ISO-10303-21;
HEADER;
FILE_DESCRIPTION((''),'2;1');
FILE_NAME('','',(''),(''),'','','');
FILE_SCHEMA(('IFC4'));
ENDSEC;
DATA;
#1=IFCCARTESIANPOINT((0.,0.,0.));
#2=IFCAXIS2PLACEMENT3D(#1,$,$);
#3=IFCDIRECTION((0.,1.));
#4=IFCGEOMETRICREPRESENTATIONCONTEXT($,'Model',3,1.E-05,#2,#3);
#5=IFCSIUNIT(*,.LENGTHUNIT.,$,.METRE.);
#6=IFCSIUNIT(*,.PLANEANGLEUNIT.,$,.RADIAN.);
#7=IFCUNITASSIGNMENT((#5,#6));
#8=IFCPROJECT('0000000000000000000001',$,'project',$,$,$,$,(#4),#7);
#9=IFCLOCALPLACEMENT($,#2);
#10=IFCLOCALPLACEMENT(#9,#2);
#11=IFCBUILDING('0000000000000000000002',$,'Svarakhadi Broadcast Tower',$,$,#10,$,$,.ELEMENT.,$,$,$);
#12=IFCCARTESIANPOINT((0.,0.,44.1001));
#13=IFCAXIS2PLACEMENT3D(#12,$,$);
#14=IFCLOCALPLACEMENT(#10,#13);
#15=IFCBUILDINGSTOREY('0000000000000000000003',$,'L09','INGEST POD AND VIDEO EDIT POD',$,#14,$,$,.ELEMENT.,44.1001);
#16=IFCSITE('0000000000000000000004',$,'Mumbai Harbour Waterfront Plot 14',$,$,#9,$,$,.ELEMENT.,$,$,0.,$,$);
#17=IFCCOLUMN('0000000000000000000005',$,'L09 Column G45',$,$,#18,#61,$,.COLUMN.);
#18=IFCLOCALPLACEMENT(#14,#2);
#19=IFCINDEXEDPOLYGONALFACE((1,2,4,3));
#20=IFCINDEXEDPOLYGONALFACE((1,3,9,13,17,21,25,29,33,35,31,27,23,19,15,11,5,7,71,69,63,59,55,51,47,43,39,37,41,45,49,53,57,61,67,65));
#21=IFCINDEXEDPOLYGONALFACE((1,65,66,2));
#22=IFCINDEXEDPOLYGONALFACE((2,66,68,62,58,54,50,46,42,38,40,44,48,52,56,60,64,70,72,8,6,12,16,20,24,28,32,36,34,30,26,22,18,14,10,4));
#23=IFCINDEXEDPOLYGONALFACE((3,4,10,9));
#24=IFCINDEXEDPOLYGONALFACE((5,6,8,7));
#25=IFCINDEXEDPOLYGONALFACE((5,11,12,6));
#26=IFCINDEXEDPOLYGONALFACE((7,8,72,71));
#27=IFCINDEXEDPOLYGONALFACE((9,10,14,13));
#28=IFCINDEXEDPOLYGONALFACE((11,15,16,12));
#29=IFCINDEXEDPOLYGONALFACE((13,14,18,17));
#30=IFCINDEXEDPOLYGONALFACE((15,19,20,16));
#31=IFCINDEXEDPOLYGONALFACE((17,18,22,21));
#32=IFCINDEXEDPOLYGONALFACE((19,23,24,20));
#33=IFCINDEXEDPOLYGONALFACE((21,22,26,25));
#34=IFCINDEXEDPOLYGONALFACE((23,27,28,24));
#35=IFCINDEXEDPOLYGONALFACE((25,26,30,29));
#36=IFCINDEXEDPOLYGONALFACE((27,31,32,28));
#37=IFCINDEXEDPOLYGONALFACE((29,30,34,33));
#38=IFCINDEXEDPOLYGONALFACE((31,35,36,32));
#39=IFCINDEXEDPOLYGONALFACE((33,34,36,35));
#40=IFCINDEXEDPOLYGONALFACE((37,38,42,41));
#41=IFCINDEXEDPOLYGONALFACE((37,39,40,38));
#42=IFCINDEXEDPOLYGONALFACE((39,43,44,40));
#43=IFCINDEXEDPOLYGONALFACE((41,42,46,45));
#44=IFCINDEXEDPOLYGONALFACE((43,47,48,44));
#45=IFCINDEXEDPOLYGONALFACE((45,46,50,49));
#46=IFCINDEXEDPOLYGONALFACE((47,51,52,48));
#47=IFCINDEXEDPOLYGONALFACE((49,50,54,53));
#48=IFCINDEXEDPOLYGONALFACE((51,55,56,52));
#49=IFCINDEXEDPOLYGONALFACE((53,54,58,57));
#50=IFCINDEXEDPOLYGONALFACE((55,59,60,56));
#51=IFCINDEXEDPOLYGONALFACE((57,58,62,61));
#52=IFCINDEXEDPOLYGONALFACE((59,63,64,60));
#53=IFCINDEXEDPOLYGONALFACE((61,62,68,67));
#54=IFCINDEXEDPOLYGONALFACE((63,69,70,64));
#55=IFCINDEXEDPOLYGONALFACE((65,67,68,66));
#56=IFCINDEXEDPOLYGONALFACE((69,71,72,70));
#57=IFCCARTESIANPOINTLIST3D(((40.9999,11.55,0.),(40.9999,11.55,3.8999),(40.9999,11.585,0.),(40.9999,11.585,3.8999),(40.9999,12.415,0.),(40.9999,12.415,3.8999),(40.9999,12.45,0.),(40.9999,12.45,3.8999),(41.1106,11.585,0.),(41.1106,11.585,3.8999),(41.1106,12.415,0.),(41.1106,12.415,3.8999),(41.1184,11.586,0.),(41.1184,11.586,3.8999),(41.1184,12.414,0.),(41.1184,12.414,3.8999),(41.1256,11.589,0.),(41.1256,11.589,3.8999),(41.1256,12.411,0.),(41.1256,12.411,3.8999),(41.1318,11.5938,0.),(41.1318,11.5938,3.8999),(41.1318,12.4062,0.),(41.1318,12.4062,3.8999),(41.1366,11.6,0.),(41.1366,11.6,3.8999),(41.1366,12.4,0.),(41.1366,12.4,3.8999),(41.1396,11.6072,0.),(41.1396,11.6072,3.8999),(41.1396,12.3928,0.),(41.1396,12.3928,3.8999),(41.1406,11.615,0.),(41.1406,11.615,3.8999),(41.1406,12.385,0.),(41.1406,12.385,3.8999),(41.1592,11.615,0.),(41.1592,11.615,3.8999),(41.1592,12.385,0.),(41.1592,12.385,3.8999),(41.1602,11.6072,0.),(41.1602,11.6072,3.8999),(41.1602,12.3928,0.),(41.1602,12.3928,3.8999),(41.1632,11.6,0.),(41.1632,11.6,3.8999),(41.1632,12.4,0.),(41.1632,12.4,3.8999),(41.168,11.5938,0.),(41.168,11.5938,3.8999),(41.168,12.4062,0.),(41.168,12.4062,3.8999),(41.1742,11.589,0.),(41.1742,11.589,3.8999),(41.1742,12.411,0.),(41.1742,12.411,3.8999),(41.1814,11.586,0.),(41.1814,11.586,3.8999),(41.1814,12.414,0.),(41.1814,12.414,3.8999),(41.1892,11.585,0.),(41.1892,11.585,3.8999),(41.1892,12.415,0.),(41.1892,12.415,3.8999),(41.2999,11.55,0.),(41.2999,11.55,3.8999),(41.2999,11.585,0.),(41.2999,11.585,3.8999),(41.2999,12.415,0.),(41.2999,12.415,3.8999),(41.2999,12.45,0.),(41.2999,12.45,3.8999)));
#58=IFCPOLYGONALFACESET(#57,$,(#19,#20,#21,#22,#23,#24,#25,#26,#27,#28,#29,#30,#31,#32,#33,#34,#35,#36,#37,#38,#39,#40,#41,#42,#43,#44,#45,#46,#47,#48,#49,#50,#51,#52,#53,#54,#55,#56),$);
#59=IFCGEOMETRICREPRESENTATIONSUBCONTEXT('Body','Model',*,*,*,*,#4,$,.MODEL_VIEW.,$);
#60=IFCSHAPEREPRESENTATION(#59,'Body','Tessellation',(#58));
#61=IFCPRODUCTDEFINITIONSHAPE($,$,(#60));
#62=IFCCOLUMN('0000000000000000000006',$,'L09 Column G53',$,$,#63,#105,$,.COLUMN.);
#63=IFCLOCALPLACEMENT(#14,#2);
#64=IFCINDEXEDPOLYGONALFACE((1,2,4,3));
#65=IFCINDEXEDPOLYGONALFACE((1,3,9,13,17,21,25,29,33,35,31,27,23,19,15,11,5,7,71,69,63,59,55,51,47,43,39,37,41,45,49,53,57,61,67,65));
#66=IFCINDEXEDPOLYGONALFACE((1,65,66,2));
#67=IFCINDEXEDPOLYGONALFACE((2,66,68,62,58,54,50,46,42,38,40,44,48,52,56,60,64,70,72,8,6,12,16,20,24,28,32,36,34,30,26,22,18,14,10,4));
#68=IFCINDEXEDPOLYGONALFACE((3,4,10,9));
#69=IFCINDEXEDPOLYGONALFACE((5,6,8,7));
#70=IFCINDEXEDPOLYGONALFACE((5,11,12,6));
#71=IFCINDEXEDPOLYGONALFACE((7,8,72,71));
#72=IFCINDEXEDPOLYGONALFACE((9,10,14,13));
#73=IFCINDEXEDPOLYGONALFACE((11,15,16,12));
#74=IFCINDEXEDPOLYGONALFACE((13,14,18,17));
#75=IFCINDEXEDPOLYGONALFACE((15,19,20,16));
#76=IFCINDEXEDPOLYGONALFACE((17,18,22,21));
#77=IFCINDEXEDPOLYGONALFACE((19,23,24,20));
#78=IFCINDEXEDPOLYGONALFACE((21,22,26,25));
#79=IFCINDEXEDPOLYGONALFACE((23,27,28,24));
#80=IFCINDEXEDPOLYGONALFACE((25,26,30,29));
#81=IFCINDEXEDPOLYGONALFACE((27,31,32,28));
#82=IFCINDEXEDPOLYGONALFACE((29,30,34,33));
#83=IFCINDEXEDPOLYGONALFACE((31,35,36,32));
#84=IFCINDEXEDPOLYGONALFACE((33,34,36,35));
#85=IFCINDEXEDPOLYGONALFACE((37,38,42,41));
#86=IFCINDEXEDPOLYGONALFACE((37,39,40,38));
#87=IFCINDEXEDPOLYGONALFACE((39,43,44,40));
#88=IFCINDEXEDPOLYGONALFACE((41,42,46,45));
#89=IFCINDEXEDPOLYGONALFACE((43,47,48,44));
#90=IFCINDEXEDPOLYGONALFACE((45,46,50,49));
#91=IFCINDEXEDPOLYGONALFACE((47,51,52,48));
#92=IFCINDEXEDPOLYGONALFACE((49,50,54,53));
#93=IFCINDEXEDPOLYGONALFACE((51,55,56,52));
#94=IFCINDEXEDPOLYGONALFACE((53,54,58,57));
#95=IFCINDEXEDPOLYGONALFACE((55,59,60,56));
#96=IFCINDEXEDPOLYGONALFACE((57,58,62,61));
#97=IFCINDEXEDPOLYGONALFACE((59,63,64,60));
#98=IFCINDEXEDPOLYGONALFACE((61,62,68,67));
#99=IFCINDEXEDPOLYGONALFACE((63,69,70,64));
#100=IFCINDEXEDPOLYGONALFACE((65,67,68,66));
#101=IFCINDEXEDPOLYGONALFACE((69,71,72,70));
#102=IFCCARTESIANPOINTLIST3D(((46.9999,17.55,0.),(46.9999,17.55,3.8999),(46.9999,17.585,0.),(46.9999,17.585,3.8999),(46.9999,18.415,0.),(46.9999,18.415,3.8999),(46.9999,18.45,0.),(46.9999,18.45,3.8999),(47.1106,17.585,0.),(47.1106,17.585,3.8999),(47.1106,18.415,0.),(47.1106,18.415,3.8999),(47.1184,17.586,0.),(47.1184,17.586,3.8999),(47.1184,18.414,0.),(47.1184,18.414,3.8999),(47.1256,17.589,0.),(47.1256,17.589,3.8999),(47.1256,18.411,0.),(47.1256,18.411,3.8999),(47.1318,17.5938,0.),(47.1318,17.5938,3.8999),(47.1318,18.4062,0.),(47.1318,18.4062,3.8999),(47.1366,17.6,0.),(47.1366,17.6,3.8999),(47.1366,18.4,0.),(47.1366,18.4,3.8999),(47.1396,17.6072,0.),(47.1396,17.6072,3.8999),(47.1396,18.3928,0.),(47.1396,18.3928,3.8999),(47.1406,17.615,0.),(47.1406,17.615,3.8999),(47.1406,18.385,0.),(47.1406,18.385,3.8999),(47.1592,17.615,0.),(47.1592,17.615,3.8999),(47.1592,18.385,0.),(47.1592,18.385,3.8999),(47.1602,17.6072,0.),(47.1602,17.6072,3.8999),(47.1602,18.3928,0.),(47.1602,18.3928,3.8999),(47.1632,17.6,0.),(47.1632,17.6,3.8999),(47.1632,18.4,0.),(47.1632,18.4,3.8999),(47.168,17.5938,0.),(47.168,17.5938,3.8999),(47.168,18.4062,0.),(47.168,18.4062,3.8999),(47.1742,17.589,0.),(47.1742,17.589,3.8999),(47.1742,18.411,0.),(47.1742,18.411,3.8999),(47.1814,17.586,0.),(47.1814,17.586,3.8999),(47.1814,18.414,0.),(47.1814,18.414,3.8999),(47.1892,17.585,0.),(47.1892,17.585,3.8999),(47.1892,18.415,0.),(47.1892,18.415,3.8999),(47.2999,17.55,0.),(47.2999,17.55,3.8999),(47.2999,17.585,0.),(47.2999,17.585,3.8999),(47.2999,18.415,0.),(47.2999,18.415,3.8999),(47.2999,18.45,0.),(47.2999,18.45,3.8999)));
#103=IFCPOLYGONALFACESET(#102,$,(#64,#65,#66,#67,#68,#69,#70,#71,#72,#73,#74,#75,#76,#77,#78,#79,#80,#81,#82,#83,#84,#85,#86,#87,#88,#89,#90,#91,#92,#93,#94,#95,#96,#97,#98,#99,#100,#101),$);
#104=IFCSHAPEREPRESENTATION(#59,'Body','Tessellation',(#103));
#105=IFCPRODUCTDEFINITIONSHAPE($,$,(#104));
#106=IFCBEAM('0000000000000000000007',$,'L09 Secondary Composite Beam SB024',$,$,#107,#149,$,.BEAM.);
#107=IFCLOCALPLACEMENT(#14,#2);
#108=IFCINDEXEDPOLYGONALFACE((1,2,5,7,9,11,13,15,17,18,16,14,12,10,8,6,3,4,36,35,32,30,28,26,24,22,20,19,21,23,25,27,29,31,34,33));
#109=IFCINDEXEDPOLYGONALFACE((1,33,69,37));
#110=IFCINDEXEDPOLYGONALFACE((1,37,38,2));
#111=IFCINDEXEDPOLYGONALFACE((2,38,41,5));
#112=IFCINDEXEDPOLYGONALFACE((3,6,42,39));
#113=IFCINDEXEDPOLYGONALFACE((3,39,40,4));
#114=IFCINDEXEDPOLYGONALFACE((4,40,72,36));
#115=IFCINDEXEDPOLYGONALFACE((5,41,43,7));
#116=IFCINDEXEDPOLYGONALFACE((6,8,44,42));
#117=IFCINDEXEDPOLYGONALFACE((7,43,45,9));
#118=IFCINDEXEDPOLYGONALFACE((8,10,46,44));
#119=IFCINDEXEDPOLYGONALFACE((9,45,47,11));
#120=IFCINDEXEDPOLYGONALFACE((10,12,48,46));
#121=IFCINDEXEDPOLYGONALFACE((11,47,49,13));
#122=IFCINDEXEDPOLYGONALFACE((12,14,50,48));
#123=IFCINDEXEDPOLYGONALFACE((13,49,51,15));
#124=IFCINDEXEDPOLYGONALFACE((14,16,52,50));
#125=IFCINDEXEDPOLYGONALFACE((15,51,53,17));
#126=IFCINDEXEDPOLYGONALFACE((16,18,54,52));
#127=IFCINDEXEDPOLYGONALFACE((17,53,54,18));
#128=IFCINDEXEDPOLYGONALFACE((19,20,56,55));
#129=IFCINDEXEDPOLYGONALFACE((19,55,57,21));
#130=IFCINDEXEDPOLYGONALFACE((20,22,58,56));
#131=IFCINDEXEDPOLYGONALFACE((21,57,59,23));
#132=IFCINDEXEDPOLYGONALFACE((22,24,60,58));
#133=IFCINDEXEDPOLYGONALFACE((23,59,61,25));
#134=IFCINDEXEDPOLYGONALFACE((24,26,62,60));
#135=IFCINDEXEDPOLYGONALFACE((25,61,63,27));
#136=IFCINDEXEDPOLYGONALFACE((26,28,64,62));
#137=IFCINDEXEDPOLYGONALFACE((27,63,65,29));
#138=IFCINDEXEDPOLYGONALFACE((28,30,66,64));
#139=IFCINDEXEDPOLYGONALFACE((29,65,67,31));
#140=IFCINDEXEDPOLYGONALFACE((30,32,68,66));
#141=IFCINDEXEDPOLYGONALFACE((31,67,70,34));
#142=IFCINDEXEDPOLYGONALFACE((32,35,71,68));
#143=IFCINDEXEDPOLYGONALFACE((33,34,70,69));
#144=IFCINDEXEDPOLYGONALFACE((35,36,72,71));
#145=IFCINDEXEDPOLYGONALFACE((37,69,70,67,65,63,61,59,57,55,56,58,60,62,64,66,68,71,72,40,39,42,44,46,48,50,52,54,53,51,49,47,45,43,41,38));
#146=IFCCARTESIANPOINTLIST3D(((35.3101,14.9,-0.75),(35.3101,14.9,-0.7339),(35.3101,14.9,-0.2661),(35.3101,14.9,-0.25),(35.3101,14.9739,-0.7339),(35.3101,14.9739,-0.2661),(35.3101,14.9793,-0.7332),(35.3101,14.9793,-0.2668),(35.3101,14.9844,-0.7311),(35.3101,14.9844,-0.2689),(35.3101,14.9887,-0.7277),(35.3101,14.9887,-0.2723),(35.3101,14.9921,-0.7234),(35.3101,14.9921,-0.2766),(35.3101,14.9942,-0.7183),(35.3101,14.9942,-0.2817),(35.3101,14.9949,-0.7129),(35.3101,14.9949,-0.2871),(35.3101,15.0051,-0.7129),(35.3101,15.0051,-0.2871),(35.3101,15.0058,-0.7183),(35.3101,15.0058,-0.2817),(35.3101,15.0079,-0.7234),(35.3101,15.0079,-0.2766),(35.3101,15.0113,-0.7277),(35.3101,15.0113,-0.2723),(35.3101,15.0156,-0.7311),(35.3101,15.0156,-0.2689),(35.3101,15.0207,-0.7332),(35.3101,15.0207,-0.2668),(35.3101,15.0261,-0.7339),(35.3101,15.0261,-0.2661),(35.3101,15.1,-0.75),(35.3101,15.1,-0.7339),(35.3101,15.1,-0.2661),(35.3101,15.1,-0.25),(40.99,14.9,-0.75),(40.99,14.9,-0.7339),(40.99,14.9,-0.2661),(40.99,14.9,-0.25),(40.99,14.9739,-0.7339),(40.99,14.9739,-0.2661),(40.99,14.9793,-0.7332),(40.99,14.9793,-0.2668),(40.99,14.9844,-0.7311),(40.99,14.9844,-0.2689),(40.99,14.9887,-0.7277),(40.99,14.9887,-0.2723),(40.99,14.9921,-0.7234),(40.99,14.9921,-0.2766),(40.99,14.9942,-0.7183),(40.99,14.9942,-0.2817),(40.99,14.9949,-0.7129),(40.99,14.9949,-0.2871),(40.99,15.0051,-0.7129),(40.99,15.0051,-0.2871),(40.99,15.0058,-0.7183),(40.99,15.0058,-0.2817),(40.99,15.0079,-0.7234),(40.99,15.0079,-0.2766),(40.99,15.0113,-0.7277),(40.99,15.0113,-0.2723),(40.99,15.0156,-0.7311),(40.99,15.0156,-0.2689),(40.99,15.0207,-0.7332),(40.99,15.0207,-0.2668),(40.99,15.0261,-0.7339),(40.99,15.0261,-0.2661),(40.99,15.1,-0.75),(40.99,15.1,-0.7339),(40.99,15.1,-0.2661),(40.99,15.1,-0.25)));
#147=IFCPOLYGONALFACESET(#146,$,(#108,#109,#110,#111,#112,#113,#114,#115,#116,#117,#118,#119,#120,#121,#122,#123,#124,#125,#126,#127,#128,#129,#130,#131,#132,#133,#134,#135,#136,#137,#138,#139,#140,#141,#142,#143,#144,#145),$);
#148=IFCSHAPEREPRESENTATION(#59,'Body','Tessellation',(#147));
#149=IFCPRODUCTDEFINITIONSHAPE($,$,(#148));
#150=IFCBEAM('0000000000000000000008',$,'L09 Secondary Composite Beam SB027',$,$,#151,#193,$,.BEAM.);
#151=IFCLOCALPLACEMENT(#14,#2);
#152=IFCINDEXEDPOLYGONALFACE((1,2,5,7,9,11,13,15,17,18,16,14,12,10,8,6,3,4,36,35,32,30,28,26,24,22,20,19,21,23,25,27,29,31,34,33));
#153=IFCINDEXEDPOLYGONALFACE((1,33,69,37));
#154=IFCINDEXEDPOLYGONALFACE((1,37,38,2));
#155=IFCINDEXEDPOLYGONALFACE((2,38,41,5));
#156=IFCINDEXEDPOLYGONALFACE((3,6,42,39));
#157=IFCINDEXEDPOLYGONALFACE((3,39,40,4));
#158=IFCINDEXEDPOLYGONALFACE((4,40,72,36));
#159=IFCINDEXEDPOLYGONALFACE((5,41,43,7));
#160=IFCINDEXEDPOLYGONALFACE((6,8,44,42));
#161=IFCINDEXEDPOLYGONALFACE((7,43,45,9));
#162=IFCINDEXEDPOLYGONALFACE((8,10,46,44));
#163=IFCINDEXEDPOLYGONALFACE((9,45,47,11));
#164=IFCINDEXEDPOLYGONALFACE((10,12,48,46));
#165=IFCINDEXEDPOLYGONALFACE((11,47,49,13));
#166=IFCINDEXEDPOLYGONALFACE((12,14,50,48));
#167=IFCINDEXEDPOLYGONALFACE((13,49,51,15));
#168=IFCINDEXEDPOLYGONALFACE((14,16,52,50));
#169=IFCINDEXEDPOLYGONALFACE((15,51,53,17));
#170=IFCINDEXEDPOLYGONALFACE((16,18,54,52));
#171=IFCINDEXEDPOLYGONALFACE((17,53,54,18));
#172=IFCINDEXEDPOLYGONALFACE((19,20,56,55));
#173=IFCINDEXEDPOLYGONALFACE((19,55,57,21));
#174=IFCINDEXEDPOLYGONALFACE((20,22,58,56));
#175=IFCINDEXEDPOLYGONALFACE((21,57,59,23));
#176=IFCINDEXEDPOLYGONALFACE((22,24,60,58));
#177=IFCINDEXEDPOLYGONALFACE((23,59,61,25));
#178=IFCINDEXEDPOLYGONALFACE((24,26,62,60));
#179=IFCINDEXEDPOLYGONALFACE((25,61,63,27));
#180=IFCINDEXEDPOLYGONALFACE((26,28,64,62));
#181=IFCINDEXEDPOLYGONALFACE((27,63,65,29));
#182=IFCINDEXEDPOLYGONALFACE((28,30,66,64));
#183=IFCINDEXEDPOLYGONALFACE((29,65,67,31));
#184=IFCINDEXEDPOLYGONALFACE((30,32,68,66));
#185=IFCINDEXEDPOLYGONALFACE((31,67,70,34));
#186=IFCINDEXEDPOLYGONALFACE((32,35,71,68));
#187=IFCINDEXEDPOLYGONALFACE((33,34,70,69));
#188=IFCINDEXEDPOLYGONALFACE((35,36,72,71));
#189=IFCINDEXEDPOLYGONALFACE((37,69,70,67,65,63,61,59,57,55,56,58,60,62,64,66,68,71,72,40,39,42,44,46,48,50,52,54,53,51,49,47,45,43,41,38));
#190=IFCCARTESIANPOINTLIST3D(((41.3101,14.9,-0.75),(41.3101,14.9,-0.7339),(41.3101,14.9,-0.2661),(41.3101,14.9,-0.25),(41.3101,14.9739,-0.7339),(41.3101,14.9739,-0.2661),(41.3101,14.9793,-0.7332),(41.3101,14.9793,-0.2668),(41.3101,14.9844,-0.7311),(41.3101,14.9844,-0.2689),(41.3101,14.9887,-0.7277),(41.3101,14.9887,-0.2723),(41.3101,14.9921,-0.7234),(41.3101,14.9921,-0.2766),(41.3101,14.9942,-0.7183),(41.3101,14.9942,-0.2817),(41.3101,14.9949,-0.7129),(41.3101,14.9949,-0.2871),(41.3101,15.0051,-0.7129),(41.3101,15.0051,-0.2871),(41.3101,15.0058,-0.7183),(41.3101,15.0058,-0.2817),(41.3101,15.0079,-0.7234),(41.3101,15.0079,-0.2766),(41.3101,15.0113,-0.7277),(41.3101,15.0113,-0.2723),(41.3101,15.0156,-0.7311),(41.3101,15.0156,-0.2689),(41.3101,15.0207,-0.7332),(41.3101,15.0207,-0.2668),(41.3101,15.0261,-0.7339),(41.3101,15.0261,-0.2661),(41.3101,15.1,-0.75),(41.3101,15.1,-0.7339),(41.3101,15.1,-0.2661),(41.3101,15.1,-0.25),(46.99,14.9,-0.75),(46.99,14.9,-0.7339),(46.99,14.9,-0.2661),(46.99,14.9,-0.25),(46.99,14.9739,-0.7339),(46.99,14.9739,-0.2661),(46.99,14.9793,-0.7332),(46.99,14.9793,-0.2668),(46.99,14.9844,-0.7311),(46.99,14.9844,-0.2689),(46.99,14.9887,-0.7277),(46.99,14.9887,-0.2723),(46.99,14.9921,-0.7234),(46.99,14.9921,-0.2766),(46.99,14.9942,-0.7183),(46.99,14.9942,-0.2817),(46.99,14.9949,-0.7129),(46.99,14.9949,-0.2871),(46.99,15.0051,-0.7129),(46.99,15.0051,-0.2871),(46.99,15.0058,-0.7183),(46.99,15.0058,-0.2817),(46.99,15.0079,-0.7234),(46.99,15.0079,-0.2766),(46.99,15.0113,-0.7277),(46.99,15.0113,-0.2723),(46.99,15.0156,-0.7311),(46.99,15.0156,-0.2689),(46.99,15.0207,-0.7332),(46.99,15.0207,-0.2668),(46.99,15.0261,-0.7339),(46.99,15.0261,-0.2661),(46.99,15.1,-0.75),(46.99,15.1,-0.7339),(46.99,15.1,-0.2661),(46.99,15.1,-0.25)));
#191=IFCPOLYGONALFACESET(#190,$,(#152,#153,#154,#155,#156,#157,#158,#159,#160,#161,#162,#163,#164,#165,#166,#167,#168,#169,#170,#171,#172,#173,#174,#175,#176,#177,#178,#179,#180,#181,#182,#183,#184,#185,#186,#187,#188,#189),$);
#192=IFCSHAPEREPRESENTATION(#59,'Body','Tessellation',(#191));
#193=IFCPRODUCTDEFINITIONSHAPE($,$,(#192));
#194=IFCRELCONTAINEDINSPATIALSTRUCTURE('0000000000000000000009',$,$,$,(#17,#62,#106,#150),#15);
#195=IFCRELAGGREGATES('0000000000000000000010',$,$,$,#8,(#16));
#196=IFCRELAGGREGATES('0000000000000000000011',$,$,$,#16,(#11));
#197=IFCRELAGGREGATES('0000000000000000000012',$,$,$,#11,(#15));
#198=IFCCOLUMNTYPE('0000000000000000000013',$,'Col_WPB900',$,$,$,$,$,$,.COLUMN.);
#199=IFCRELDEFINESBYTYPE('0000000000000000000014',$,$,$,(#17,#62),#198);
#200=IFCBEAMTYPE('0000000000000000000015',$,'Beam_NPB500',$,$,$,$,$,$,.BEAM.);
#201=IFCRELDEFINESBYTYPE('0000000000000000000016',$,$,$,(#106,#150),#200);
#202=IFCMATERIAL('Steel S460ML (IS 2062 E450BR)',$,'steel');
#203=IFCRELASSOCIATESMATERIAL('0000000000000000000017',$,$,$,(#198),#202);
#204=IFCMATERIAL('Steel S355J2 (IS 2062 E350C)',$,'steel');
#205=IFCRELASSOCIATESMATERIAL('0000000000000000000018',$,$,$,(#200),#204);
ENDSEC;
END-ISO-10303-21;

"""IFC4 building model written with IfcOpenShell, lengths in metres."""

from ifc_helpers import new_model, si_unit, direction, frame, origin, origin_2d, place, context, subcontext, project, spatial, i_section, extrude, material, material_profile, profile_set, type_object, element, save


model = new_model("IFC4")

# Units and contexts
model_context = context("Model", 3, precision=1e-05, world=origin(), true_north=direction((0.0, 1.0)))
body_context = subcontext(model_context, "Body", "Model", "MODEL_VIEW")
ifc_project = project(units=[si_unit("LENGTHUNIT", "METRE"), si_unit("PLANEANGLEUNIT", "RADIAN")], contexts=[model_context])

# Site, building, storey
site_placement = place(None, origin())
site = spatial("IfcSite", under=ifc_project, at=site_placement, Name="Mumbai Harbour Waterfront Plot 14", CompositionType="ELEMENT", RefElevation=0.0)
building_placement = place(site_placement, origin())
building = spatial("IfcBuilding", under=site, at=building_placement, Name="Svarakhadi Broadcast Tower", CompositionType="ELEMENT")
storey_placement = place(building_placement, frame((0.0, 0.0, 44.1001)))
storey = spatial("IfcBuildingStorey", under=building, at=storey_placement, Name="L09", Description="INGEST POD AND VIDEO EDIT POD", CompositionType="ELEMENT", Elevation=44.1001)

# Columns
ifc_material_1 = material(Name="Steel S460ML (IS 2062 E450BR)", Category="steel")
ifc_material_profile_1 = material_profile(ifc_material_1, i_section(OverallWidth=0.3, OverallDepth=0.8999, WebThickness=0.0186, FlangeThickness=0.0349, FilletRadius=0.03, at=origin_2d()), Name="WPB 900x300x291")
ifc_profile_set_1 = profile_set([ifc_material_profile_1], Name="Steel S460ML (IS 2062 E450BR)")
column_type_1 = type_object("IfcColumnType", Name="Col_WPB900", PredefinedType="COLUMN", material=ifc_profile_set_1)
for number, where, z_axis, x_axis, name in (
    (1, (41.1499, 12.0, 0.0), (0.0, 0.0, 1.0), (1.0, 0.0, 0.0), "L09 Column G45"),
    (2, (47.1499, 18.0, 0.0), (0.0, 0.0, 1.0), (1.0, 0.0, 0.0), "L09 Column G53"),
):
    element("IfcColumn", number, at=place(storey_placement, frame(where, z_axis=z_axis, x_axis=x_axis)), inside=storey, type_object=column_type_1, Name=name, PredefinedType="COLUMN", context=body_context, shape_type="SweptSolid", body=[
        extrude(i_section(OverallWidth=0.3, OverallDepth=0.8999, WebThickness=0.0186, FlangeThickness=0.0349, FilletRadius=0.03, at=origin_2d()), origin(), (0.0, 0.0, 1.0), 3.8999),
    ])

# Beams
ifc_material_2 = material(Name="Steel S355J2 (IS 2062 E350C)", Category="steel")
ifc_material_profile_2 = material_profile(ifc_material_2, i_section(OverallWidth=0.2, OverallDepth=0.5, WebThickness=0.0103, FlangeThickness=0.0161, FilletRadius=0.021, at=origin_2d()), Name="NPB 500x200x91")
ifc_profile_set_2 = profile_set([ifc_material_profile_2], Name="Steel S355J2 (IS 2062 E350C)")
beam_type_1 = type_object("IfcBeamType", Name="Beam_NPB500", PredefinedType="BEAM", material=ifc_profile_set_2)
for number, where, z_axis, x_axis, name in (
    (3, (35.3101, 15.0, -0.5), (1.0, 0.0, 0.0), (0.0, 1.0, 0.0), "L09 Secondary Composite Beam SB024"),
    (4, (41.3101, 15.0, -0.5), (1.0, 0.0, 0.0), (0.0, 1.0, 0.0), "L09 Secondary Composite Beam SB027"),
):
    element("IfcBeam", number, at=place(storey_placement, frame(where, z_axis=z_axis, x_axis=x_axis)), inside=storey, type_object=beam_type_1, Name=name, PredefinedType="BEAM", context=body_context, shape_type="SweptSolid", body=[
        extrude(i_section(OverallWidth=0.2, OverallDepth=0.5, WebThickness=0.0103, FlangeThickness=0.0161, FilletRadius=0.021, at=origin_2d()), origin(), (0.0, 0.0, 1.0), 5.6799),
    ])

save(model, "model.ifc")
